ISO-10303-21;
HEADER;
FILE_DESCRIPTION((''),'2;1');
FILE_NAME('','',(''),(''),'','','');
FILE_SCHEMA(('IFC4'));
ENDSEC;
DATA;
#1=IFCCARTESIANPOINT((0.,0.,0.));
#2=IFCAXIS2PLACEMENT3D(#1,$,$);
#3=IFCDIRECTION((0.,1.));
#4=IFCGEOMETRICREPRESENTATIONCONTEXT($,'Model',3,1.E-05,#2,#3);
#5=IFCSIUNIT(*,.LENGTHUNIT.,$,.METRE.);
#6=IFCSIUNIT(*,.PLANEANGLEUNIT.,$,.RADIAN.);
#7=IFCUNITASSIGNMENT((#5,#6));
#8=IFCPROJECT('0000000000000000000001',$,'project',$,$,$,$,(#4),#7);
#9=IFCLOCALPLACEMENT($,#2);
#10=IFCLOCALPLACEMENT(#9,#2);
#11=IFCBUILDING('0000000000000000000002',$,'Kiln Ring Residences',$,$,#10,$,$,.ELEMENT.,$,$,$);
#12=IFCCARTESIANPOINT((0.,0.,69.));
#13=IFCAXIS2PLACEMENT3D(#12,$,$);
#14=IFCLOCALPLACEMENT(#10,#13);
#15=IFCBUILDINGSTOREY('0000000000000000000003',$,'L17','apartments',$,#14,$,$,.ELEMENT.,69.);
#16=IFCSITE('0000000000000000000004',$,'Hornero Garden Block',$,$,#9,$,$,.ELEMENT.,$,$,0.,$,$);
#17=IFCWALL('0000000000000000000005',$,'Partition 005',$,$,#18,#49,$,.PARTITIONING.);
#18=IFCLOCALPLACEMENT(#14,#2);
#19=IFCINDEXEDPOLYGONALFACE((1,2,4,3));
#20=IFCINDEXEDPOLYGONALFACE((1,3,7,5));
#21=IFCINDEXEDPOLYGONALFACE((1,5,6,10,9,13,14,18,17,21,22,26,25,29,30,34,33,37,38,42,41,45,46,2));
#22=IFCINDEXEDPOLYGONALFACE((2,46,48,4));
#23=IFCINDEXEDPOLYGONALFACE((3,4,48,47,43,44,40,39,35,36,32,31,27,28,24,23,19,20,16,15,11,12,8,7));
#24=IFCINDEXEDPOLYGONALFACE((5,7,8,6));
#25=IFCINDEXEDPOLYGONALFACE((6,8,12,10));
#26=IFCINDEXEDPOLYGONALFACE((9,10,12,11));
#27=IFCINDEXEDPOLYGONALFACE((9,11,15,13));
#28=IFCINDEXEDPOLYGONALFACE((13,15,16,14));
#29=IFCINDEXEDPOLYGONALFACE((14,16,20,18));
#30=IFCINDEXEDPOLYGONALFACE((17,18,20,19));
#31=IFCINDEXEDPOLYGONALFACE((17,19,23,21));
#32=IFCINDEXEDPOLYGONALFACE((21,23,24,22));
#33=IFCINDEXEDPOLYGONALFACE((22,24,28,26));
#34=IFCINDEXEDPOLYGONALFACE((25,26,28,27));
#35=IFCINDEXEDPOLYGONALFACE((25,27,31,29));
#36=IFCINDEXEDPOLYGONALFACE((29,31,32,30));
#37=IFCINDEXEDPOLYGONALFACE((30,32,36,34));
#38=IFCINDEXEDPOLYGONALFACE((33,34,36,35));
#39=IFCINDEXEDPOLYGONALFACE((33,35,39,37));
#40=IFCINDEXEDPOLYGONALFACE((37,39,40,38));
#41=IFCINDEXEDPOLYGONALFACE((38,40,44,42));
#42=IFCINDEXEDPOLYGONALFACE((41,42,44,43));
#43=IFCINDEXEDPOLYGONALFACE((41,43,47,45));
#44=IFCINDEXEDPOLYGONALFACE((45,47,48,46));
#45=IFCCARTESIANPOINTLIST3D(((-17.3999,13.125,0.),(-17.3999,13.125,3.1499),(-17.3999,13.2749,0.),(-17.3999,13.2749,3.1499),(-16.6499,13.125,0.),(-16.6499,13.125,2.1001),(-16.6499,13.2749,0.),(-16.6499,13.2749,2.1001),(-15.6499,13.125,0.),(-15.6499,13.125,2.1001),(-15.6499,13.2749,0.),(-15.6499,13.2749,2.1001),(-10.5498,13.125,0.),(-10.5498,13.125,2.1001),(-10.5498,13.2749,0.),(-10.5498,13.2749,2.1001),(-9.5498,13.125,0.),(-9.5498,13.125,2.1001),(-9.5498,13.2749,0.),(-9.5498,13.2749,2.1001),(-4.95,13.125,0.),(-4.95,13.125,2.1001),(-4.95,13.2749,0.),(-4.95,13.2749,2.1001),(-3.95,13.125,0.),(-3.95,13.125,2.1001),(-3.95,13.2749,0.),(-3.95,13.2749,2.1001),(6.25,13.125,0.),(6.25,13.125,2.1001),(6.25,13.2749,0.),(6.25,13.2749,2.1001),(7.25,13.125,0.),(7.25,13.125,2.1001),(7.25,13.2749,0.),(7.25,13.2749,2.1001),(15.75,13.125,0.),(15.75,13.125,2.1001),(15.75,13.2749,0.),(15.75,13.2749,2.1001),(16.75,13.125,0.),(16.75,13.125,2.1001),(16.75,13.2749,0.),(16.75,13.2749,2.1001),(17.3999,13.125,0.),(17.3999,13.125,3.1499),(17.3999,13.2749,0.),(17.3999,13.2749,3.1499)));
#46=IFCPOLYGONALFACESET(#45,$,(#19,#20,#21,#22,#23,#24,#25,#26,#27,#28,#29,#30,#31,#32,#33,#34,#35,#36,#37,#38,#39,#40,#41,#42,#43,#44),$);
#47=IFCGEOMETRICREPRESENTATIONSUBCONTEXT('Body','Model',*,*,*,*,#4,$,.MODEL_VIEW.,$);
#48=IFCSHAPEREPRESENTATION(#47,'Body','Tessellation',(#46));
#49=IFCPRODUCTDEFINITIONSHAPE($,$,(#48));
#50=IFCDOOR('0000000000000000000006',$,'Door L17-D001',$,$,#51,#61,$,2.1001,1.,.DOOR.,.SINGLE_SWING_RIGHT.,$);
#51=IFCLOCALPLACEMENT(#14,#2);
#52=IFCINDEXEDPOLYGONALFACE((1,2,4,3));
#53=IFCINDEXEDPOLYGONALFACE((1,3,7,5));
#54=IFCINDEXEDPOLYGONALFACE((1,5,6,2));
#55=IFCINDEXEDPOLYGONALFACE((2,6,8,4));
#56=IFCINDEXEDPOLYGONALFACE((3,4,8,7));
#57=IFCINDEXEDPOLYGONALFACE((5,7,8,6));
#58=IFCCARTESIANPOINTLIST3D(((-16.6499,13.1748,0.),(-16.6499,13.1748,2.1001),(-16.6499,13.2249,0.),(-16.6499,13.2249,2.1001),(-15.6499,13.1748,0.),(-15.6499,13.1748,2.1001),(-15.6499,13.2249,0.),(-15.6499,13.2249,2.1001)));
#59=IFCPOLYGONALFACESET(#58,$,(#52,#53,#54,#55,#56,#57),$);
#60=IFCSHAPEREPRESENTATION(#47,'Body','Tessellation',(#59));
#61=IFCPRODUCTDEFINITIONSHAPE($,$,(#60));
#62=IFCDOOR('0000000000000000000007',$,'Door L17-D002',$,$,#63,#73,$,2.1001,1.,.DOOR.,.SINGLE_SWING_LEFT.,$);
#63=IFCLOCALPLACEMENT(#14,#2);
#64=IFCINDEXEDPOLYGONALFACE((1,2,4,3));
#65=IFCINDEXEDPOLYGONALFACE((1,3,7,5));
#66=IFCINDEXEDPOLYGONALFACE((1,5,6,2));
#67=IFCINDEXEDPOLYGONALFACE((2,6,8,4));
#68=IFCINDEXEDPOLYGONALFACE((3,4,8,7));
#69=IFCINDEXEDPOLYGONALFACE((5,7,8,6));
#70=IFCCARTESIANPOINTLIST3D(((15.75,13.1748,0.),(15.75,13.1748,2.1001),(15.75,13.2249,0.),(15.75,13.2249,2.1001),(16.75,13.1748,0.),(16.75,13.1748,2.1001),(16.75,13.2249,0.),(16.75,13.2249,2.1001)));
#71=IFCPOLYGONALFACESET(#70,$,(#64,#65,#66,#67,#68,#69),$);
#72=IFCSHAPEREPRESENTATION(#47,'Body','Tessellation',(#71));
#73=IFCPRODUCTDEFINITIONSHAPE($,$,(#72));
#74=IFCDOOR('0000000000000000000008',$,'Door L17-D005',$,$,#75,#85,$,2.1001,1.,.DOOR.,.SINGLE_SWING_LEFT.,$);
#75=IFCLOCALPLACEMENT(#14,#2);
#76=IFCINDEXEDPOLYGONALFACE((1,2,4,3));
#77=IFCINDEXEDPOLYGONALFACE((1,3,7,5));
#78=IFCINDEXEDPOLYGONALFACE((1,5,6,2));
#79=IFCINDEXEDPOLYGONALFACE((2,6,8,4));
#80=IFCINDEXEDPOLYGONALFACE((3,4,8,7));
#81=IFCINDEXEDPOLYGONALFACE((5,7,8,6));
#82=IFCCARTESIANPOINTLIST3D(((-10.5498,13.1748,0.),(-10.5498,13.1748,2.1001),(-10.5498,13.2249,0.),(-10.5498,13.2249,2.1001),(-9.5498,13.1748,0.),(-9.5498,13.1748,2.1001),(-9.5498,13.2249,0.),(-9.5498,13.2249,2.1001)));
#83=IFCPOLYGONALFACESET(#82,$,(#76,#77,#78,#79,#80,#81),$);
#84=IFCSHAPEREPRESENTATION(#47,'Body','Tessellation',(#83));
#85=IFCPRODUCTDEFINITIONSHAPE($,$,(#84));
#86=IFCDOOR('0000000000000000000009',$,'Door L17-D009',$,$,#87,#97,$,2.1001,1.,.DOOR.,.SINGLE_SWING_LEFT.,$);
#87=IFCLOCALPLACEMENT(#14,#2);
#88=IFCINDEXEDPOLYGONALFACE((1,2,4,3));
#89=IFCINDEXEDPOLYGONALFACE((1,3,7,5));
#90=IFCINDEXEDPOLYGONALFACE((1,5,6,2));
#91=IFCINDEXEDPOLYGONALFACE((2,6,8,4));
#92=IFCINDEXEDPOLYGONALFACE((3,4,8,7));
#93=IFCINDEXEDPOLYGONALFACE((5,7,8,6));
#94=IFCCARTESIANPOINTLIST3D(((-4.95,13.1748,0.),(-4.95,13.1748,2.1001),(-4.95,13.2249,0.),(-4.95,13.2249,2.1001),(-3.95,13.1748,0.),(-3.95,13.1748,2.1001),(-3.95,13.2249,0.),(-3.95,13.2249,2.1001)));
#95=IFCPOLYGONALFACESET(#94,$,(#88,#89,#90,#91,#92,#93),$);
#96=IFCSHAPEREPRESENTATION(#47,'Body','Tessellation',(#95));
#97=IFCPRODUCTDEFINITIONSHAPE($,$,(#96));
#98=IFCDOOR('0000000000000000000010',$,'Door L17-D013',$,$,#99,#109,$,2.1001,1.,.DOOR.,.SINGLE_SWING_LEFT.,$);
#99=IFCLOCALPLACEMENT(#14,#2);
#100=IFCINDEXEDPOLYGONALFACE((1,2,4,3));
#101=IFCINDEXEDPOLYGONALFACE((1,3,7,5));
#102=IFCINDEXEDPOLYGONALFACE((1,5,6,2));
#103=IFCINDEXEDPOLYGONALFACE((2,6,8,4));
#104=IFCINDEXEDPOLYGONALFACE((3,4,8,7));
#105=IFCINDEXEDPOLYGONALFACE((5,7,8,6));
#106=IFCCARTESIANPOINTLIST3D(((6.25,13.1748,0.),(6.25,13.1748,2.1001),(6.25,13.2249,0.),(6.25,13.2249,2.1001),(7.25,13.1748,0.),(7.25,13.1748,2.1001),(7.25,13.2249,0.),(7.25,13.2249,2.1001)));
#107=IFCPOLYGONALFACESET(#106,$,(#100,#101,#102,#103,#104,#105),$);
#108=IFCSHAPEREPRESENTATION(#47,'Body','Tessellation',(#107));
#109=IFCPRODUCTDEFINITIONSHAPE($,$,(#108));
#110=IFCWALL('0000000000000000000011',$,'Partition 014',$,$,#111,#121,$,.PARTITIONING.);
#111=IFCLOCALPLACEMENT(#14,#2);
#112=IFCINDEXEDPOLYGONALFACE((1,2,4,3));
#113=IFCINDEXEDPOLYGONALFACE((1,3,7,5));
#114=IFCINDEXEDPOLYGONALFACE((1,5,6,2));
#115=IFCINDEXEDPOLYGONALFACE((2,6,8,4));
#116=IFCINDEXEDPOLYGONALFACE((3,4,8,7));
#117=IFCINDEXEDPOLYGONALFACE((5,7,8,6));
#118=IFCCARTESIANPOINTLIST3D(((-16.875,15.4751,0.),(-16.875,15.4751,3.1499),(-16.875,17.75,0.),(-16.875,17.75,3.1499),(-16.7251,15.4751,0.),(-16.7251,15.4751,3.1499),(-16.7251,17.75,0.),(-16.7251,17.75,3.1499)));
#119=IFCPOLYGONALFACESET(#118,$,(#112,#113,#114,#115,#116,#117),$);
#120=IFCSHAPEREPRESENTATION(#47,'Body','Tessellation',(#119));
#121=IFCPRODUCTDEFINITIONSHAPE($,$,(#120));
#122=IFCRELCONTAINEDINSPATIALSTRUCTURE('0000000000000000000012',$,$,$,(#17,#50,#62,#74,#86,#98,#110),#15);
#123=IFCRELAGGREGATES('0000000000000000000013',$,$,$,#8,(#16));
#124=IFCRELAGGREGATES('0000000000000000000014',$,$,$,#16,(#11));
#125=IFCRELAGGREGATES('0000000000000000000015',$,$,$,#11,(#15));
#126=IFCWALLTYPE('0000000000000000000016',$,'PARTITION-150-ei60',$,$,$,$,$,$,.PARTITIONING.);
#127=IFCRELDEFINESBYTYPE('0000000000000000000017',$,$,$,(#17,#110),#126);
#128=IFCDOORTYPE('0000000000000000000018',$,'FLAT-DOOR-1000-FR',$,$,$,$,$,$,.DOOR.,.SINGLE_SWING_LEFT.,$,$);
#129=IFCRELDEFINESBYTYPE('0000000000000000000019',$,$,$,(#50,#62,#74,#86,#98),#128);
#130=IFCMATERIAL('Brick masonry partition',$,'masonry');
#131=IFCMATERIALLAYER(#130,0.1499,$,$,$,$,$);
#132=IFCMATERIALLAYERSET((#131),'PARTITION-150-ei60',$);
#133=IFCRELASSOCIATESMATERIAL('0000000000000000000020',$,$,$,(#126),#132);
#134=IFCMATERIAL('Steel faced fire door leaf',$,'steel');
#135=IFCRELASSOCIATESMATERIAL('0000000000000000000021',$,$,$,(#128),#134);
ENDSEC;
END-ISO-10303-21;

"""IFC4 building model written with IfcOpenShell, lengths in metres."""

from ifc_helpers import new_model, si_unit, direction, frame, frame_2d, origin, place, context, subcontext, project, spatial, rectangle, extrude, material, layer, layer_set, type_object, element, fill, save


model = new_model("IFC4")

# Units and contexts
model_context = context("Model", 3, precision=1e-05, world=origin(), true_north=direction((0.0, 1.0)))
body_context = subcontext(model_context, "Body", "Model", "MODEL_VIEW")
ifc_project = project(units=[si_unit("LENGTHUNIT", "METRE"), si_unit("PLANEANGLEUNIT", "RADIAN")], contexts=[model_context])

# Site, building, storey
site_placement = place(None, origin())
site = spatial("IfcSite", under=ifc_project, at=site_placement, Name="Hornero Garden Block", CompositionType="ELEMENT", RefElevation=0.0)
building_placement = place(site_placement, origin())
building = spatial("IfcBuilding", under=site, at=building_placement, Name="Kiln Ring Residences", CompositionType="ELEMENT")
storey_placement = place(building_placement, frame((0.0, 0.0, 69.0)))
storey = spatial("IfcBuildingStorey", under=building, at=storey_placement, Name="L17", Description="apartments", CompositionType="ELEMENT", Elevation=69.0)

# Wall, openings, doors
ifc_material_1 = material(Name="Brick masonry partition", Category="masonry")
ifc_layer_1 = layer(ifc_material_1, 0.1499)
ifc_layer_set_1 = layer_set([ifc_layer_1], Name="PARTITION-150-ei60")
wall_type_1 = type_object("IfcWallType", Name="PARTITION-150-ei60", PredefinedType="PARTITIONING", material=ifc_layer_set_1)
wall_1_placement = place(storey_placement, frame((-17.3999, 13.2, 0.0), z_axis=(0.0, 0.0, 1.0), x_axis=(1.0, 0.0, 0.0)))
wall_1 = element("IfcWall", 1, at=wall_1_placement, inside=storey, type_object=wall_type_1, Name="Partition 005", PredefinedType="PARTITIONING", context=body_context, shape_type="SweptSolid", body=[
    extrude(rectangle(XDim=34.7998, YDim=0.1499, at=frame_2d((17.3999, 0.0))), origin(), (0.0, 0.0, 1.0), 3.1499),
])
opening_1_placement = place(wall_1_placement, frame((0.75, 0.0, 0.0)))
opening_1 = element("IfcOpeningElement", 2, at=opening_1_placement, cuts=wall_1, PredefinedType="OPENING", context=body_context, shape_type="SweptSolid", body=[
    extrude(rectangle(XDim=1.0, YDim=2.1001, at=frame_2d((0.5, 1.05))), frame((0.0, 0.085, 0.0), z_axis=(0.0, -1.0, 0.0), x_axis=(1.0, 0.0, 0.0)), (0.0, 0.0, 1.0), 0.1699),
])
opening_2_placement = place(wall_1_placement, frame((33.1499, 0.0, 0.0)))
opening_2 = element("IfcOpeningElement", 3, at=opening_2_placement, cuts=wall_1, PredefinedType="OPENING", context=body_context, shape_type="SweptSolid", body=[
    extrude(rectangle(XDim=1.0, YDim=2.1001, at=frame_2d((0.5, 1.05))), frame((0.0, 0.085, 0.0), z_axis=(0.0, -1.0, 0.0), x_axis=(1.0, 0.0, 0.0)), (0.0, 0.0, 1.0), 0.1699),
])
opening_3_placement = place(wall_1_placement, frame((6.8501, 0.0, 0.0)))
opening_3 = element("IfcOpeningElement", 4, at=opening_3_placement, cuts=wall_1, PredefinedType="OPENING", context=body_context, shape_type="SweptSolid", body=[
    extrude(rectangle(XDim=1.0, YDim=2.1001, at=frame_2d((0.5, 1.05))), frame((0.0, 0.085, 0.0), z_axis=(0.0, -1.0, 0.0), x_axis=(1.0, 0.0, 0.0)), (0.0, 0.0, 1.0), 0.1699),
])
opening_4_placement = place(wall_1_placement, frame((12.45, 0.0, 0.0)))
opening_4 = element("IfcOpeningElement", 5, at=opening_4_placement, cuts=wall_1, PredefinedType="OPENING", context=body_context, shape_type="SweptSolid", body=[
    extrude(rectangle(XDim=1.0, YDim=2.1001, at=frame_2d((0.5, 1.05))), frame((0.0, 0.085, 0.0), z_axis=(0.0, -1.0, 0.0), x_axis=(1.0, 0.0, 0.0)), (0.0, 0.0, 1.0), 0.1699),
])
opening_5_placement = place(wall_1_placement, frame((23.6499, 0.0, 0.0)))
opening_5 = element("IfcOpeningElement", 6, at=opening_5_placement, cuts=wall_1, PredefinedType="OPENING", context=body_context, shape_type="SweptSolid", body=[
    extrude(rectangle(XDim=1.0, YDim=2.1001, at=frame_2d((0.5, 1.05))), frame((0.0, 0.085, 0.0), z_axis=(0.0, -1.0, 0.0), x_axis=(1.0, 0.0, 0.0)), (0.0, 0.0, 1.0), 0.1699),
])
ifc_material_2 = material(Name="Steel faced fire door leaf", Category="steel")
door_type_1 = type_object("IfcDoorType", Name="FLAT-DOOR-1000-FR", OperationType="SINGLE_SWING_LEFT", PredefinedType="DOOR", material=ifc_material_2)
door_1_placement = place(opening_1_placement, origin())
door_1 = element("IfcDoor", 7, at=door_1_placement, inside=storey, type_object=door_type_1, Name="Door L17-D001", OperationType="SINGLE_SWING_RIGHT", OverallHeight=2.1001, OverallWidth=1.0, PredefinedType="DOOR", context=body_context, shape_type="SweptSolid", body=[
    extrude(rectangle(XDim=1.0, YDim=2.1001, at=frame_2d((0.5, 1.05))), frame((0.0, 0.0249, 0.0), z_axis=(0.0, -1.0, 0.0), x_axis=(1.0, 0.0, 0.0)), (0.0, 0.0, 1.0), 0.05),
])
fill(opening_1, door_1)
door_2_placement = place(opening_2_placement, origin())
door_2 = element("IfcDoor", 8, at=door_2_placement, inside=storey, type_object=door_type_1, Name="Door L17-D002", OperationType="SINGLE_SWING_LEFT", OverallHeight=2.1001, OverallWidth=1.0, PredefinedType="DOOR", context=body_context, shape_type="SweptSolid", body=[
    extrude(rectangle(XDim=1.0, YDim=2.1001, at=frame_2d((0.5, 1.05))), frame((0.0, 0.0249, 0.0), z_axis=(0.0, -1.0, 0.0), x_axis=(1.0, 0.0, 0.0)), (0.0, 0.0, 1.0), 0.05),
])
fill(opening_2, door_2)
door_3_placement = place(opening_3_placement, origin())
door_3 = element("IfcDoor", 9, at=door_3_placement, inside=storey, type_object=door_type_1, Name="Door L17-D005", OperationType="SINGLE_SWING_LEFT", OverallHeight=2.1001, OverallWidth=1.0, PredefinedType="DOOR", context=body_context, shape_type="SweptSolid", body=[
    extrude(rectangle(XDim=1.0, YDim=2.1001, at=frame_2d((0.5, 1.05))), frame((0.0, 0.0249, 0.0), z_axis=(0.0, -1.0, 0.0), x_axis=(1.0, 0.0, 0.0)), (0.0, 0.0, 1.0), 0.05),
])
fill(opening_3, door_3)
door_4_placement = place(opening_4_placement, origin())
door_4 = element("IfcDoor", 10, at=door_4_placement, inside=storey, type_object=door_type_1, Name="Door L17-D009", OperationType="SINGLE_SWING_LEFT", OverallHeight=2.1001, OverallWidth=1.0, PredefinedType="DOOR", context=body_context, shape_type="SweptSolid", body=[
    extrude(rectangle(XDim=1.0, YDim=2.1001, at=frame_2d((0.5, 1.05))), frame((0.0, 0.0249, 0.0), z_axis=(0.0, -1.0, 0.0), x_axis=(1.0, 0.0, 0.0)), (0.0, 0.0, 1.0), 0.05),
])
fill(opening_4, door_4)
door_5_placement = place(opening_5_placement, origin())
door_5 = element("IfcDoor", 11, at=door_5_placement, inside=storey, type_object=door_type_1, Name="Door L17-D013", OperationType="SINGLE_SWING_LEFT", OverallHeight=2.1001, OverallWidth=1.0, PredefinedType="DOOR", context=body_context, shape_type="SweptSolid", body=[
    extrude(rectangle(XDim=1.0, YDim=2.1001, at=frame_2d((0.5, 1.05))), frame((0.0, 0.0249, 0.0), z_axis=(0.0, -1.0, 0.0), x_axis=(1.0, 0.0, 0.0)), (0.0, 0.0, 1.0), 0.05),
])
fill(opening_5, door_5)

# Wall
wall_2_placement = place(storey_placement, frame((-16.8, 15.4751, 0.0), z_axis=(0.0, 0.0, 1.0), x_axis=(0.0, 1.0, 0.0)))
element("IfcWall", 12, at=wall_2_placement, inside=storey, type_object=wall_type_1, Name="Partition 014", PredefinedType="PARTITIONING", context=body_context, shape_type="SweptSolid", body=[
    extrude(rectangle(XDim=2.2749, YDim=0.1499, at=frame_2d((1.1375, 0.0))), origin(), (0.0, 0.0, 1.0), 3.1499),
])

save(model, "model.ifc")
